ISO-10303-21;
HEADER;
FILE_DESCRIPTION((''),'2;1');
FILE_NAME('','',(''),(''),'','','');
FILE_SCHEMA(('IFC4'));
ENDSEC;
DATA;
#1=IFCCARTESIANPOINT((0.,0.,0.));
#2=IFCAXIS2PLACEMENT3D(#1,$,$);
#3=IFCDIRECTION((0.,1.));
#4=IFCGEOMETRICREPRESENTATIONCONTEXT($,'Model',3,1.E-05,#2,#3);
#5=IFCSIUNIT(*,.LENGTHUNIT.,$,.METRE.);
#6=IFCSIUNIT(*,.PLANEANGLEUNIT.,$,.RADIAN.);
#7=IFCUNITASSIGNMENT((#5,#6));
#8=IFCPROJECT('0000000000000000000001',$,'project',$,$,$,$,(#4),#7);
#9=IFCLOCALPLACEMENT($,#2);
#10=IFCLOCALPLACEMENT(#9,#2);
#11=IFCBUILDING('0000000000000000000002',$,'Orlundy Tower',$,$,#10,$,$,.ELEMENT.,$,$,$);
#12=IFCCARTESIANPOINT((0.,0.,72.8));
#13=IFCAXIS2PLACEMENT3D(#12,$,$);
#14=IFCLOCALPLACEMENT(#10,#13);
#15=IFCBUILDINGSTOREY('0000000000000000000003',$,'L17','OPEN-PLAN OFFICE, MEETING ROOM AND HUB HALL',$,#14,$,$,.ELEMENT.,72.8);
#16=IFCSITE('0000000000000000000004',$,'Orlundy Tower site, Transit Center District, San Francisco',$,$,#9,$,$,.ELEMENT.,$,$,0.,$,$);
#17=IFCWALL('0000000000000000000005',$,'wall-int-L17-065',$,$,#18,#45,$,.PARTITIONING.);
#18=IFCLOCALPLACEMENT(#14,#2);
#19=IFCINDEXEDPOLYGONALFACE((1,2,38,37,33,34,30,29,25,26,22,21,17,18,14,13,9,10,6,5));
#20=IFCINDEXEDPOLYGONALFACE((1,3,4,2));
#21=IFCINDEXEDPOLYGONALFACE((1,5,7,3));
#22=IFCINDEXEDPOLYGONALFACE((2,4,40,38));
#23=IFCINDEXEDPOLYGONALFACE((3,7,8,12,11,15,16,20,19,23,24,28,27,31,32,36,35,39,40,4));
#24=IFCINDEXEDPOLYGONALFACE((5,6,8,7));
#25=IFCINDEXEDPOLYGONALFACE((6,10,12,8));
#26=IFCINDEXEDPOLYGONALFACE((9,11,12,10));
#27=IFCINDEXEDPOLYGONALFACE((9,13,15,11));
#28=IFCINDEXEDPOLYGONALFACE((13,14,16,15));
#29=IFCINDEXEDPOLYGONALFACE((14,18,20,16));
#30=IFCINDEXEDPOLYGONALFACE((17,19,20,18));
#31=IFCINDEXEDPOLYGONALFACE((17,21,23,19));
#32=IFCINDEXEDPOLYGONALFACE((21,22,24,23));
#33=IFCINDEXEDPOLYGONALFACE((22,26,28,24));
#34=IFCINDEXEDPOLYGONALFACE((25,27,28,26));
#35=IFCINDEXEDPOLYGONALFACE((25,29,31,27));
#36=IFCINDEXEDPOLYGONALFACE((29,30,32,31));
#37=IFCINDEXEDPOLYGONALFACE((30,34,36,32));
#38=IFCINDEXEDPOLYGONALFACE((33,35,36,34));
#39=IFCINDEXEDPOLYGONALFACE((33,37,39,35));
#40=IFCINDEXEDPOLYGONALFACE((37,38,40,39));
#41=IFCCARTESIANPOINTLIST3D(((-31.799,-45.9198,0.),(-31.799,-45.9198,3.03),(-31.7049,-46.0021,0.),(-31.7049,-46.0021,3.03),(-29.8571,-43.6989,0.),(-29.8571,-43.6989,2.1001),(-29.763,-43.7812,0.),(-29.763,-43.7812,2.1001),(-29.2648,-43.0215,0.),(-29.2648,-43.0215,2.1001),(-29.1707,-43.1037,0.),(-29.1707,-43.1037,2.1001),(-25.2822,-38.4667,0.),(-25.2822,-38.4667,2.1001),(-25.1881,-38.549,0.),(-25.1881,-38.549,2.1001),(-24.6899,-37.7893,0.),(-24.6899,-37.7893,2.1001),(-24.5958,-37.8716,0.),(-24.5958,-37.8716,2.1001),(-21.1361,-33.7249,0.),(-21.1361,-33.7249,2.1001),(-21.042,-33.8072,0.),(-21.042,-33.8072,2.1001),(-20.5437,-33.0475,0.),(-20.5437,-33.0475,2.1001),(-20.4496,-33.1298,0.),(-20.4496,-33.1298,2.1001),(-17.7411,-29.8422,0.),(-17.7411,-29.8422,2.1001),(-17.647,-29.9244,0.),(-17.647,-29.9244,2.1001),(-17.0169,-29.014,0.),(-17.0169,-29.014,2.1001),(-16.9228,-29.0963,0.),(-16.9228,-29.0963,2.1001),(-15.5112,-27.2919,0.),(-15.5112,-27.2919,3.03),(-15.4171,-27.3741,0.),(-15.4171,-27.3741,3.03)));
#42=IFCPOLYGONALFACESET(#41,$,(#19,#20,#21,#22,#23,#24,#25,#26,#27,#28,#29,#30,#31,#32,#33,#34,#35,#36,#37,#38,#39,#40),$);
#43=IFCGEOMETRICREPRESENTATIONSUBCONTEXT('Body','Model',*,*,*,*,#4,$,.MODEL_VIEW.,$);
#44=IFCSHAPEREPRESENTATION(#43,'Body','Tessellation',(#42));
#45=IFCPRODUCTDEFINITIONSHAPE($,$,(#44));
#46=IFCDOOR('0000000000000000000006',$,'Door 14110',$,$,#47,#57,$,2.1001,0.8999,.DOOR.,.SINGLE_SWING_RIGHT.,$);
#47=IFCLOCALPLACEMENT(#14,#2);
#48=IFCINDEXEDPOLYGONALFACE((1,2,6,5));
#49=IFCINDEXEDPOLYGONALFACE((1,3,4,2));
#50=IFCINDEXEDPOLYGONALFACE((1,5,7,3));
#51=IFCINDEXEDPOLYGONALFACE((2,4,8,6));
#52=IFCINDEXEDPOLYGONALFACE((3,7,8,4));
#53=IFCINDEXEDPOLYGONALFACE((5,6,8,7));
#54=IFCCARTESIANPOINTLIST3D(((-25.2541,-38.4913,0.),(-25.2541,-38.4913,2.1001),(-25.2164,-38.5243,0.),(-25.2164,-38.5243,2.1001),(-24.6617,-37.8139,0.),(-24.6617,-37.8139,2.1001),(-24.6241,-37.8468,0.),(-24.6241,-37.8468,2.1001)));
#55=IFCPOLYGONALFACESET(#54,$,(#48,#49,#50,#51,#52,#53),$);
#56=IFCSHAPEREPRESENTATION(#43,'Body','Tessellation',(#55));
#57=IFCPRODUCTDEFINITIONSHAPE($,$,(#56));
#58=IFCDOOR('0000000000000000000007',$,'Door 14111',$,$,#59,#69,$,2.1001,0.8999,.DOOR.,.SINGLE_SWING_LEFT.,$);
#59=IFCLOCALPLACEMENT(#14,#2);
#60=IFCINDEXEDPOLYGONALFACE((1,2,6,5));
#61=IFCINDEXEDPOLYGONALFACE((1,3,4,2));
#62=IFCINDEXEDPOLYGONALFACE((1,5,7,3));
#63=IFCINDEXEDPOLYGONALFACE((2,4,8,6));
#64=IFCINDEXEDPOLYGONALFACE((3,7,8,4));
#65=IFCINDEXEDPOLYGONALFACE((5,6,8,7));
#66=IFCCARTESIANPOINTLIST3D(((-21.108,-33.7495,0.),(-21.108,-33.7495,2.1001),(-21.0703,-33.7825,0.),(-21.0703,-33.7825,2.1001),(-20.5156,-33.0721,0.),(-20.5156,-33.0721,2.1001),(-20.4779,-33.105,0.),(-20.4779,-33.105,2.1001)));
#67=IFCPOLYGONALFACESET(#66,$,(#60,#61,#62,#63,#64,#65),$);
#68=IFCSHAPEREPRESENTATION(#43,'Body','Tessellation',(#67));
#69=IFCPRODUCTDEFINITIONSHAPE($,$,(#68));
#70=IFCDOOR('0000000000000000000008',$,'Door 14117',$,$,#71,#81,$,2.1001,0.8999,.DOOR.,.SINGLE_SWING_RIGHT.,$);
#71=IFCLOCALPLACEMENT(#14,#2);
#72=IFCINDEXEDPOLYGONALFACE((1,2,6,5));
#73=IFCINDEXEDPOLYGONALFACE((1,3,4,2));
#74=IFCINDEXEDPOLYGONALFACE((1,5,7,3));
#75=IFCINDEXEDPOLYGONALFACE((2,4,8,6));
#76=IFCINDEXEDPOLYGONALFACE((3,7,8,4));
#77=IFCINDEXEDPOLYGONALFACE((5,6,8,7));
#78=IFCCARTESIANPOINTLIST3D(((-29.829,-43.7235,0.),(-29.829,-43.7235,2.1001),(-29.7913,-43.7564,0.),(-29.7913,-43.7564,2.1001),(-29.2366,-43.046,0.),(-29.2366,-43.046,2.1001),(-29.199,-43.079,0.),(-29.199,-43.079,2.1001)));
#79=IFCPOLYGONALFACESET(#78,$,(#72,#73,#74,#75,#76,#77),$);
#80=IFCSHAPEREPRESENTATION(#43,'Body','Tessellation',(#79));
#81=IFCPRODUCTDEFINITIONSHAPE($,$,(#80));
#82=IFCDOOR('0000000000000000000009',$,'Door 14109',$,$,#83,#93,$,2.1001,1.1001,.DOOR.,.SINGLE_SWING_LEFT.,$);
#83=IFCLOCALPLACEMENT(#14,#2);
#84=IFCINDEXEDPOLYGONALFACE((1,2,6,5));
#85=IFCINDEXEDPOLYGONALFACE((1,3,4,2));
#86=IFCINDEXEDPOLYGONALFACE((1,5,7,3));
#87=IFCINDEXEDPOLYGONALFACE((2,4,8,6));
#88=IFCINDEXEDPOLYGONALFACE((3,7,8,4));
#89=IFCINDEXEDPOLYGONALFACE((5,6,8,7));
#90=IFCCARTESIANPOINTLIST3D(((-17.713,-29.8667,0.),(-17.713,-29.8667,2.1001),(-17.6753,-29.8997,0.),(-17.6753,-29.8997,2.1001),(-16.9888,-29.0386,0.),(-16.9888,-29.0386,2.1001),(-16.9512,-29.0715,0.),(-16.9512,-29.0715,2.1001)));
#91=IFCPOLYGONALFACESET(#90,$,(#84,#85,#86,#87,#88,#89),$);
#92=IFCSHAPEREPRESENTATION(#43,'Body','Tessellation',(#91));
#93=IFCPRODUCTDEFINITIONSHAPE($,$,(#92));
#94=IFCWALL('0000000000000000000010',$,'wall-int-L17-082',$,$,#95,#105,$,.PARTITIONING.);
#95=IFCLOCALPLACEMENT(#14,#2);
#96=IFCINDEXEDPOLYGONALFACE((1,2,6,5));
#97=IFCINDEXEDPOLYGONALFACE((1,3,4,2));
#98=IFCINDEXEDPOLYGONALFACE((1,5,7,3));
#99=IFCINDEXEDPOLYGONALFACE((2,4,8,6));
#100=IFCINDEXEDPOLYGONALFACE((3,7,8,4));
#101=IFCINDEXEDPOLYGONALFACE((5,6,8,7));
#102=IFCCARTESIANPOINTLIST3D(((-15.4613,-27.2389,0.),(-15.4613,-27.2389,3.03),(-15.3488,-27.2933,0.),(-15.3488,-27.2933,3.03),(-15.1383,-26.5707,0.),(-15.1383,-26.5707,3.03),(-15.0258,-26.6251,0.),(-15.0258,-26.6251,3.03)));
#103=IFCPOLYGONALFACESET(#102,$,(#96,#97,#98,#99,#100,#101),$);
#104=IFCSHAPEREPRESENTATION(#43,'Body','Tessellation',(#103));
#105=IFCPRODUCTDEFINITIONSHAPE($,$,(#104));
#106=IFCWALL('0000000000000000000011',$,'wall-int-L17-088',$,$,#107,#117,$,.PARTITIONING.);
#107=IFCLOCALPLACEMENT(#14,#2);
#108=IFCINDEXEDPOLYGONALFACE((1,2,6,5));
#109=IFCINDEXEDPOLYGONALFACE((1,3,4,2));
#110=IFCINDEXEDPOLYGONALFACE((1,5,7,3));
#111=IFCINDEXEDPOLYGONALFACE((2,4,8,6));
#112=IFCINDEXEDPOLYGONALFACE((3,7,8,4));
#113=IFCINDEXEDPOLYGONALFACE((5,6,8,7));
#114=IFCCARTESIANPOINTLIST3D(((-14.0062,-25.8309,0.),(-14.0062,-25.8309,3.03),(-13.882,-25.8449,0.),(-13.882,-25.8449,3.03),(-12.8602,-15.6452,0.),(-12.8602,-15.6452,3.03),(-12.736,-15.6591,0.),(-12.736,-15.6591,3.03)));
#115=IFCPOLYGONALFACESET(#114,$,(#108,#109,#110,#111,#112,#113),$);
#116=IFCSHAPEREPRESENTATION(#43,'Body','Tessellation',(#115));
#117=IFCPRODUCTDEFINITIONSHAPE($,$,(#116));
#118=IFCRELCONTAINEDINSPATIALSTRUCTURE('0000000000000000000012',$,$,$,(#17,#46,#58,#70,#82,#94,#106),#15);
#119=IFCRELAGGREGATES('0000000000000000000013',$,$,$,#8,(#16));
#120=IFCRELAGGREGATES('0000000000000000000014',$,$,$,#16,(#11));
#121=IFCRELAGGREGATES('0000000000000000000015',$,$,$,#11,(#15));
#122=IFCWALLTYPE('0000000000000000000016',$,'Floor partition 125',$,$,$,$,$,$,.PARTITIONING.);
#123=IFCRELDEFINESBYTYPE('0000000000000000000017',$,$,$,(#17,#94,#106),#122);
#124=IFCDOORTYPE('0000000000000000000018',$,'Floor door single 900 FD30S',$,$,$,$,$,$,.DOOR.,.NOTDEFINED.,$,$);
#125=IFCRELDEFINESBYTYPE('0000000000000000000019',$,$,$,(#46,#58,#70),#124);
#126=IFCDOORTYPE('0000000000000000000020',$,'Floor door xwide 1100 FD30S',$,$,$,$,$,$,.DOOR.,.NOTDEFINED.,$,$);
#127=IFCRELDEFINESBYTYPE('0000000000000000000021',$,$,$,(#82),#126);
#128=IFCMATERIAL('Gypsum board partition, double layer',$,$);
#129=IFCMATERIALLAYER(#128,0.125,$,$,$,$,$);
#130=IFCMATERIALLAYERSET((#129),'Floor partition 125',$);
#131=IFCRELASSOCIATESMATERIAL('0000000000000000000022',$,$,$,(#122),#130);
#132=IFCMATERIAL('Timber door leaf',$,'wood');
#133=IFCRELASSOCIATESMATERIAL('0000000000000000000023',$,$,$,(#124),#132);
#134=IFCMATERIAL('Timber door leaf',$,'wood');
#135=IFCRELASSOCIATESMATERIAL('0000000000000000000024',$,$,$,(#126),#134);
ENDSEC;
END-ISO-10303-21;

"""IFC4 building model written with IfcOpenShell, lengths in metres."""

from ifc_helpers import new_model, si_unit, direction, frame, frame_2d, origin, place, context, subcontext, project, spatial, rectangle, extrude, material, layer, layer_set, type_object, element, fill, save


model = new_model("IFC4")

# Units and contexts
model_context = context("Model", 3, precision=1e-05, world=origin(), true_north=direction((0.0, 1.0)))
body_context = subcontext(model_context, "Body", "Model", "MODEL_VIEW")
ifc_project = project(units=[si_unit("LENGTHUNIT", "METRE"), si_unit("PLANEANGLEUNIT", "RADIAN")], contexts=[model_context])

# Site, building, storey
site_placement = place(None, origin())
site = spatial("IfcSite", under=ifc_project, at=site_placement, Name="Orlundy Tower site, Transit Center District, San Francisco", CompositionType="ELEMENT", RefElevation=0.0)
building_placement = place(site_placement, origin())
building = spatial("IfcBuilding", under=site, at=building_placement, Name="Orlundy Tower", CompositionType="ELEMENT")
storey_placement = place(building_placement, frame((0.0, 0.0, 72.8)))
storey = spatial("IfcBuildingStorey", under=building, at=storey_placement, Name="L17", Description="OPEN-PLAN OFFICE, MEETING ROOM AND HUB HALL", CompositionType="ELEMENT", Elevation=72.8)

# Shared definitions
ifc_material_1 = material(Name="Gypsum board partition, double layer")
ifc_layer_1 = layer(ifc_material_1, 0.125)
ifc_layer_set_1 = layer_set([ifc_layer_1], Name="Floor partition 125")
wall_type_1 = type_object("IfcWallType", Name="Floor partition 125", PredefinedType="PARTITIONING", material=ifc_layer_set_1)

# Wall, openings, doors
wall_1_placement = place(storey_placement, frame((-15.4641, -27.333, 0.0), z_axis=(0.0, 0.0, 1.0), x_axis=(-0.658239, -0.752809, 0.0)))
wall_1 = element("IfcWall", 1, at=wall_1_placement, inside=storey, type_object=wall_type_1, Name="wall-int-L17-065", PredefinedType="PARTITIONING", context=body_context, shape_type="SweptSolid", body=[
    extrude(rectangle(XDim=24.7446, YDim=0.125, at=frame_2d((12.3723, 0.0))), origin(), (0.0, 0.0, 1.0), 3.03),
])
opening_1_placement = place(wall_1_placement, frame((2.2876, 0.0, 0.0)))
opening_1 = element("IfcOpeningElement", 2, at=opening_1_placement, cuts=wall_1, PredefinedType="OPENING", context=body_context, shape_type="SweptSolid", body=[
    extrude(rectangle(XDim=1.1001, YDim=2.1001, at=frame_2d((0.55, 1.05))), frame((0.0, 0.0725, 0.0), z_axis=(0.0, -1.0, 0.0), x_axis=(1.0, 0.0, 0.0)), (0.0, 0.0, 1.0), 0.145),
])
opening_2_placement = place(wall_1_placement, frame((13.9443, 0.0, 0.0)))
opening_2 = element("IfcOpeningElement", 3, at=opening_2_placement, cuts=wall_1, PredefinedType="OPENING", context=body_context, shape_type="SweptSolid", body=[
    extrude(rectangle(XDim=0.8999, YDim=2.1001, at=frame_2d((0.45, 1.05))), frame((0.0, 0.0725, 0.0), z_axis=(0.0, -1.0, 0.0), x_axis=(1.0, 0.0, 0.0)), (0.0, 0.0, 1.0), 0.145),
])
opening_3_placement = place(wall_1_placement, frame((7.6455, 0.0, 0.0)))
opening_3 = element("IfcOpeningElement", 4, at=opening_3_placement, cuts=wall_1, PredefinedType="OPENING", context=body_context, shape_type="SweptSolid", body=[
    extrude(rectangle(XDim=0.8999, YDim=2.1001, at=frame_2d((0.45, 1.05))), frame((0.0, 0.0725, 0.0), z_axis=(0.0, -1.0, 0.0), x_axis=(1.0, 0.0, 0.0)), (0.0, 0.0, 1.0), 0.145),
])
opening_4_placement = place(wall_1_placement, frame((20.8945, 0.0, 0.0)))
opening_4 = element("IfcOpeningElement", 5, at=opening_4_placement, cuts=wall_1, PredefinedType="OPENING", context=body_context, shape_type="SweptSolid", body=[
    extrude(rectangle(XDim=0.8999, YDim=2.1001, at=frame_2d((0.45, 1.05))), frame((0.0, 0.0725, 0.0), z_axis=(0.0, -1.0, 0.0), x_axis=(1.0, 0.0, 0.0)), (0.0, 0.0, 1.0), 0.145),
])
ifc_material_2 = material(Name="Timber door leaf", Category="wood")
door_type_1 = type_object("IfcDoorType", Name="Floor door single 900 FD30S", OperationType="NOTDEFINED", PredefinedType="DOOR", material=ifc_material_2)
door_1_placement = place(opening_2_placement, origin())
door_1 = element("IfcDoor", 6, at=door_1_placement, inside=storey, type_object=door_type_1, Name="Door 14110", OperationType="SINGLE_SWING_RIGHT", OverallHeight=2.1001, OverallWidth=0.8999, PredefinedType="DOOR", context=body_context, shape_type="SweptSolid", body=[
    extrude(rectangle(XDim=0.8999, YDim=2.1001, at=frame_2d((0.45, 1.05))), frame((0.0, 0.0249, 0.0), z_axis=(0.0, -1.0, 0.0), x_axis=(1.0, 0.0, 0.0)), (0.0, 0.0, 1.0), 0.05),
])
fill(opening_2, door_1)
door_2_placement = place(opening_3_placement, origin())
door_2 = element("IfcDoor", 7, at=door_2_placement, inside=storey, type_object=door_type_1, Name="Door 14111", OperationType="SINGLE_SWING_LEFT", OverallHeight=2.1001, OverallWidth=0.8999, PredefinedType="DOOR", context=body_context, shape_type="SweptSolid", body=[
    extrude(rectangle(XDim=0.8999, YDim=2.1001, at=frame_2d((0.45, 1.05))), frame((0.0, 0.0249, 0.0), z_axis=(0.0, -1.0, 0.0), x_axis=(1.0, 0.0, 0.0)), (0.0, 0.0, 1.0), 0.05),
])
fill(opening_3, door_2)
door_3_placement = place(opening_4_placement, origin())
door_3 = element("IfcDoor", 8, at=door_3_placement, inside=storey, type_object=door_type_1, Name="Door 14117", OperationType="SINGLE_SWING_RIGHT", OverallHeight=2.1001, OverallWidth=0.8999, PredefinedType="DOOR", context=body_context, shape_type="SweptSolid", body=[
    extrude(rectangle(XDim=0.8999, YDim=2.1001, at=frame_2d((0.45, 1.05))), frame((0.0, 0.0249, 0.0), z_axis=(0.0, -1.0, 0.0), x_axis=(1.0, 0.0, 0.0)), (0.0, 0.0, 1.0), 0.05),
])
fill(opening_4, door_3)
ifc_material_3 = material(Name="Timber door leaf", Category="wood")
door_type_2 = type_object("IfcDoorType", Name="Floor door xwide 1100 FD30S", OperationType="NOTDEFINED", PredefinedType="DOOR", material=ifc_material_3)
door_4_placement = place(opening_1_placement, origin())
door_4 = element("IfcDoor", 9, at=door_4_placement, inside=storey, type_object=door_type_2, Name="Door 14109", OperationType="SINGLE_SWING_LEFT", OverallHeight=2.1001, OverallWidth=1.1001, PredefinedType="DOOR", context=body_context, shape_type="SweptSolid", body=[
    extrude(rectangle(XDim=1.1001, YDim=2.1001, at=frame_2d((0.55, 1.05))), frame((0.0, 0.0249, 0.0), z_axis=(0.0, -1.0, 0.0), x_axis=(1.0, 0.0, 0.0)), (0.0, 0.0, 1.0), 0.05),
])
fill(opening_1, door_4)

# Walls
wall_2_placement = place(storey_placement, frame((-15.405, -27.2661, 0.0), z_axis=(0.0, 0.0, 1.0), x_axis=(0.4352, 0.900334, 0.0)))
element("IfcWall", 10, at=wall_2_placement, inside=storey, type_object=wall_type_1, Name="wall-int-L17-082", PredefinedType="PARTITIONING", context=body_context, shape_type="SweptSolid", body=[
    extrude(rectangle(XDim=0.7422, YDim=0.125, at=frame_2d((0.3711, 0.0))), origin(), (0.0, 0.0, 1.0), 3.03),
])
wall_3_placement = place(storey_placement, frame((-13.9441, -25.8379, 0.0), z_axis=(0.0, 0.0, 1.0), x_axis=(0.111804, 0.99373, 0.0)))
element("IfcWall", 11, at=wall_3_placement, inside=storey, type_object=wall_type_1, Name="wall-int-L17-088", PredefinedType="PARTITIONING", context=body_context, shape_type="SweptSolid", body=[
    extrude(rectangle(XDim=10.25, YDim=0.125, at=frame_2d((5.125, 0.0))), origin(), (0.0, 0.0, 1.0), 3.03),
])

save(model, "model.ifc")
